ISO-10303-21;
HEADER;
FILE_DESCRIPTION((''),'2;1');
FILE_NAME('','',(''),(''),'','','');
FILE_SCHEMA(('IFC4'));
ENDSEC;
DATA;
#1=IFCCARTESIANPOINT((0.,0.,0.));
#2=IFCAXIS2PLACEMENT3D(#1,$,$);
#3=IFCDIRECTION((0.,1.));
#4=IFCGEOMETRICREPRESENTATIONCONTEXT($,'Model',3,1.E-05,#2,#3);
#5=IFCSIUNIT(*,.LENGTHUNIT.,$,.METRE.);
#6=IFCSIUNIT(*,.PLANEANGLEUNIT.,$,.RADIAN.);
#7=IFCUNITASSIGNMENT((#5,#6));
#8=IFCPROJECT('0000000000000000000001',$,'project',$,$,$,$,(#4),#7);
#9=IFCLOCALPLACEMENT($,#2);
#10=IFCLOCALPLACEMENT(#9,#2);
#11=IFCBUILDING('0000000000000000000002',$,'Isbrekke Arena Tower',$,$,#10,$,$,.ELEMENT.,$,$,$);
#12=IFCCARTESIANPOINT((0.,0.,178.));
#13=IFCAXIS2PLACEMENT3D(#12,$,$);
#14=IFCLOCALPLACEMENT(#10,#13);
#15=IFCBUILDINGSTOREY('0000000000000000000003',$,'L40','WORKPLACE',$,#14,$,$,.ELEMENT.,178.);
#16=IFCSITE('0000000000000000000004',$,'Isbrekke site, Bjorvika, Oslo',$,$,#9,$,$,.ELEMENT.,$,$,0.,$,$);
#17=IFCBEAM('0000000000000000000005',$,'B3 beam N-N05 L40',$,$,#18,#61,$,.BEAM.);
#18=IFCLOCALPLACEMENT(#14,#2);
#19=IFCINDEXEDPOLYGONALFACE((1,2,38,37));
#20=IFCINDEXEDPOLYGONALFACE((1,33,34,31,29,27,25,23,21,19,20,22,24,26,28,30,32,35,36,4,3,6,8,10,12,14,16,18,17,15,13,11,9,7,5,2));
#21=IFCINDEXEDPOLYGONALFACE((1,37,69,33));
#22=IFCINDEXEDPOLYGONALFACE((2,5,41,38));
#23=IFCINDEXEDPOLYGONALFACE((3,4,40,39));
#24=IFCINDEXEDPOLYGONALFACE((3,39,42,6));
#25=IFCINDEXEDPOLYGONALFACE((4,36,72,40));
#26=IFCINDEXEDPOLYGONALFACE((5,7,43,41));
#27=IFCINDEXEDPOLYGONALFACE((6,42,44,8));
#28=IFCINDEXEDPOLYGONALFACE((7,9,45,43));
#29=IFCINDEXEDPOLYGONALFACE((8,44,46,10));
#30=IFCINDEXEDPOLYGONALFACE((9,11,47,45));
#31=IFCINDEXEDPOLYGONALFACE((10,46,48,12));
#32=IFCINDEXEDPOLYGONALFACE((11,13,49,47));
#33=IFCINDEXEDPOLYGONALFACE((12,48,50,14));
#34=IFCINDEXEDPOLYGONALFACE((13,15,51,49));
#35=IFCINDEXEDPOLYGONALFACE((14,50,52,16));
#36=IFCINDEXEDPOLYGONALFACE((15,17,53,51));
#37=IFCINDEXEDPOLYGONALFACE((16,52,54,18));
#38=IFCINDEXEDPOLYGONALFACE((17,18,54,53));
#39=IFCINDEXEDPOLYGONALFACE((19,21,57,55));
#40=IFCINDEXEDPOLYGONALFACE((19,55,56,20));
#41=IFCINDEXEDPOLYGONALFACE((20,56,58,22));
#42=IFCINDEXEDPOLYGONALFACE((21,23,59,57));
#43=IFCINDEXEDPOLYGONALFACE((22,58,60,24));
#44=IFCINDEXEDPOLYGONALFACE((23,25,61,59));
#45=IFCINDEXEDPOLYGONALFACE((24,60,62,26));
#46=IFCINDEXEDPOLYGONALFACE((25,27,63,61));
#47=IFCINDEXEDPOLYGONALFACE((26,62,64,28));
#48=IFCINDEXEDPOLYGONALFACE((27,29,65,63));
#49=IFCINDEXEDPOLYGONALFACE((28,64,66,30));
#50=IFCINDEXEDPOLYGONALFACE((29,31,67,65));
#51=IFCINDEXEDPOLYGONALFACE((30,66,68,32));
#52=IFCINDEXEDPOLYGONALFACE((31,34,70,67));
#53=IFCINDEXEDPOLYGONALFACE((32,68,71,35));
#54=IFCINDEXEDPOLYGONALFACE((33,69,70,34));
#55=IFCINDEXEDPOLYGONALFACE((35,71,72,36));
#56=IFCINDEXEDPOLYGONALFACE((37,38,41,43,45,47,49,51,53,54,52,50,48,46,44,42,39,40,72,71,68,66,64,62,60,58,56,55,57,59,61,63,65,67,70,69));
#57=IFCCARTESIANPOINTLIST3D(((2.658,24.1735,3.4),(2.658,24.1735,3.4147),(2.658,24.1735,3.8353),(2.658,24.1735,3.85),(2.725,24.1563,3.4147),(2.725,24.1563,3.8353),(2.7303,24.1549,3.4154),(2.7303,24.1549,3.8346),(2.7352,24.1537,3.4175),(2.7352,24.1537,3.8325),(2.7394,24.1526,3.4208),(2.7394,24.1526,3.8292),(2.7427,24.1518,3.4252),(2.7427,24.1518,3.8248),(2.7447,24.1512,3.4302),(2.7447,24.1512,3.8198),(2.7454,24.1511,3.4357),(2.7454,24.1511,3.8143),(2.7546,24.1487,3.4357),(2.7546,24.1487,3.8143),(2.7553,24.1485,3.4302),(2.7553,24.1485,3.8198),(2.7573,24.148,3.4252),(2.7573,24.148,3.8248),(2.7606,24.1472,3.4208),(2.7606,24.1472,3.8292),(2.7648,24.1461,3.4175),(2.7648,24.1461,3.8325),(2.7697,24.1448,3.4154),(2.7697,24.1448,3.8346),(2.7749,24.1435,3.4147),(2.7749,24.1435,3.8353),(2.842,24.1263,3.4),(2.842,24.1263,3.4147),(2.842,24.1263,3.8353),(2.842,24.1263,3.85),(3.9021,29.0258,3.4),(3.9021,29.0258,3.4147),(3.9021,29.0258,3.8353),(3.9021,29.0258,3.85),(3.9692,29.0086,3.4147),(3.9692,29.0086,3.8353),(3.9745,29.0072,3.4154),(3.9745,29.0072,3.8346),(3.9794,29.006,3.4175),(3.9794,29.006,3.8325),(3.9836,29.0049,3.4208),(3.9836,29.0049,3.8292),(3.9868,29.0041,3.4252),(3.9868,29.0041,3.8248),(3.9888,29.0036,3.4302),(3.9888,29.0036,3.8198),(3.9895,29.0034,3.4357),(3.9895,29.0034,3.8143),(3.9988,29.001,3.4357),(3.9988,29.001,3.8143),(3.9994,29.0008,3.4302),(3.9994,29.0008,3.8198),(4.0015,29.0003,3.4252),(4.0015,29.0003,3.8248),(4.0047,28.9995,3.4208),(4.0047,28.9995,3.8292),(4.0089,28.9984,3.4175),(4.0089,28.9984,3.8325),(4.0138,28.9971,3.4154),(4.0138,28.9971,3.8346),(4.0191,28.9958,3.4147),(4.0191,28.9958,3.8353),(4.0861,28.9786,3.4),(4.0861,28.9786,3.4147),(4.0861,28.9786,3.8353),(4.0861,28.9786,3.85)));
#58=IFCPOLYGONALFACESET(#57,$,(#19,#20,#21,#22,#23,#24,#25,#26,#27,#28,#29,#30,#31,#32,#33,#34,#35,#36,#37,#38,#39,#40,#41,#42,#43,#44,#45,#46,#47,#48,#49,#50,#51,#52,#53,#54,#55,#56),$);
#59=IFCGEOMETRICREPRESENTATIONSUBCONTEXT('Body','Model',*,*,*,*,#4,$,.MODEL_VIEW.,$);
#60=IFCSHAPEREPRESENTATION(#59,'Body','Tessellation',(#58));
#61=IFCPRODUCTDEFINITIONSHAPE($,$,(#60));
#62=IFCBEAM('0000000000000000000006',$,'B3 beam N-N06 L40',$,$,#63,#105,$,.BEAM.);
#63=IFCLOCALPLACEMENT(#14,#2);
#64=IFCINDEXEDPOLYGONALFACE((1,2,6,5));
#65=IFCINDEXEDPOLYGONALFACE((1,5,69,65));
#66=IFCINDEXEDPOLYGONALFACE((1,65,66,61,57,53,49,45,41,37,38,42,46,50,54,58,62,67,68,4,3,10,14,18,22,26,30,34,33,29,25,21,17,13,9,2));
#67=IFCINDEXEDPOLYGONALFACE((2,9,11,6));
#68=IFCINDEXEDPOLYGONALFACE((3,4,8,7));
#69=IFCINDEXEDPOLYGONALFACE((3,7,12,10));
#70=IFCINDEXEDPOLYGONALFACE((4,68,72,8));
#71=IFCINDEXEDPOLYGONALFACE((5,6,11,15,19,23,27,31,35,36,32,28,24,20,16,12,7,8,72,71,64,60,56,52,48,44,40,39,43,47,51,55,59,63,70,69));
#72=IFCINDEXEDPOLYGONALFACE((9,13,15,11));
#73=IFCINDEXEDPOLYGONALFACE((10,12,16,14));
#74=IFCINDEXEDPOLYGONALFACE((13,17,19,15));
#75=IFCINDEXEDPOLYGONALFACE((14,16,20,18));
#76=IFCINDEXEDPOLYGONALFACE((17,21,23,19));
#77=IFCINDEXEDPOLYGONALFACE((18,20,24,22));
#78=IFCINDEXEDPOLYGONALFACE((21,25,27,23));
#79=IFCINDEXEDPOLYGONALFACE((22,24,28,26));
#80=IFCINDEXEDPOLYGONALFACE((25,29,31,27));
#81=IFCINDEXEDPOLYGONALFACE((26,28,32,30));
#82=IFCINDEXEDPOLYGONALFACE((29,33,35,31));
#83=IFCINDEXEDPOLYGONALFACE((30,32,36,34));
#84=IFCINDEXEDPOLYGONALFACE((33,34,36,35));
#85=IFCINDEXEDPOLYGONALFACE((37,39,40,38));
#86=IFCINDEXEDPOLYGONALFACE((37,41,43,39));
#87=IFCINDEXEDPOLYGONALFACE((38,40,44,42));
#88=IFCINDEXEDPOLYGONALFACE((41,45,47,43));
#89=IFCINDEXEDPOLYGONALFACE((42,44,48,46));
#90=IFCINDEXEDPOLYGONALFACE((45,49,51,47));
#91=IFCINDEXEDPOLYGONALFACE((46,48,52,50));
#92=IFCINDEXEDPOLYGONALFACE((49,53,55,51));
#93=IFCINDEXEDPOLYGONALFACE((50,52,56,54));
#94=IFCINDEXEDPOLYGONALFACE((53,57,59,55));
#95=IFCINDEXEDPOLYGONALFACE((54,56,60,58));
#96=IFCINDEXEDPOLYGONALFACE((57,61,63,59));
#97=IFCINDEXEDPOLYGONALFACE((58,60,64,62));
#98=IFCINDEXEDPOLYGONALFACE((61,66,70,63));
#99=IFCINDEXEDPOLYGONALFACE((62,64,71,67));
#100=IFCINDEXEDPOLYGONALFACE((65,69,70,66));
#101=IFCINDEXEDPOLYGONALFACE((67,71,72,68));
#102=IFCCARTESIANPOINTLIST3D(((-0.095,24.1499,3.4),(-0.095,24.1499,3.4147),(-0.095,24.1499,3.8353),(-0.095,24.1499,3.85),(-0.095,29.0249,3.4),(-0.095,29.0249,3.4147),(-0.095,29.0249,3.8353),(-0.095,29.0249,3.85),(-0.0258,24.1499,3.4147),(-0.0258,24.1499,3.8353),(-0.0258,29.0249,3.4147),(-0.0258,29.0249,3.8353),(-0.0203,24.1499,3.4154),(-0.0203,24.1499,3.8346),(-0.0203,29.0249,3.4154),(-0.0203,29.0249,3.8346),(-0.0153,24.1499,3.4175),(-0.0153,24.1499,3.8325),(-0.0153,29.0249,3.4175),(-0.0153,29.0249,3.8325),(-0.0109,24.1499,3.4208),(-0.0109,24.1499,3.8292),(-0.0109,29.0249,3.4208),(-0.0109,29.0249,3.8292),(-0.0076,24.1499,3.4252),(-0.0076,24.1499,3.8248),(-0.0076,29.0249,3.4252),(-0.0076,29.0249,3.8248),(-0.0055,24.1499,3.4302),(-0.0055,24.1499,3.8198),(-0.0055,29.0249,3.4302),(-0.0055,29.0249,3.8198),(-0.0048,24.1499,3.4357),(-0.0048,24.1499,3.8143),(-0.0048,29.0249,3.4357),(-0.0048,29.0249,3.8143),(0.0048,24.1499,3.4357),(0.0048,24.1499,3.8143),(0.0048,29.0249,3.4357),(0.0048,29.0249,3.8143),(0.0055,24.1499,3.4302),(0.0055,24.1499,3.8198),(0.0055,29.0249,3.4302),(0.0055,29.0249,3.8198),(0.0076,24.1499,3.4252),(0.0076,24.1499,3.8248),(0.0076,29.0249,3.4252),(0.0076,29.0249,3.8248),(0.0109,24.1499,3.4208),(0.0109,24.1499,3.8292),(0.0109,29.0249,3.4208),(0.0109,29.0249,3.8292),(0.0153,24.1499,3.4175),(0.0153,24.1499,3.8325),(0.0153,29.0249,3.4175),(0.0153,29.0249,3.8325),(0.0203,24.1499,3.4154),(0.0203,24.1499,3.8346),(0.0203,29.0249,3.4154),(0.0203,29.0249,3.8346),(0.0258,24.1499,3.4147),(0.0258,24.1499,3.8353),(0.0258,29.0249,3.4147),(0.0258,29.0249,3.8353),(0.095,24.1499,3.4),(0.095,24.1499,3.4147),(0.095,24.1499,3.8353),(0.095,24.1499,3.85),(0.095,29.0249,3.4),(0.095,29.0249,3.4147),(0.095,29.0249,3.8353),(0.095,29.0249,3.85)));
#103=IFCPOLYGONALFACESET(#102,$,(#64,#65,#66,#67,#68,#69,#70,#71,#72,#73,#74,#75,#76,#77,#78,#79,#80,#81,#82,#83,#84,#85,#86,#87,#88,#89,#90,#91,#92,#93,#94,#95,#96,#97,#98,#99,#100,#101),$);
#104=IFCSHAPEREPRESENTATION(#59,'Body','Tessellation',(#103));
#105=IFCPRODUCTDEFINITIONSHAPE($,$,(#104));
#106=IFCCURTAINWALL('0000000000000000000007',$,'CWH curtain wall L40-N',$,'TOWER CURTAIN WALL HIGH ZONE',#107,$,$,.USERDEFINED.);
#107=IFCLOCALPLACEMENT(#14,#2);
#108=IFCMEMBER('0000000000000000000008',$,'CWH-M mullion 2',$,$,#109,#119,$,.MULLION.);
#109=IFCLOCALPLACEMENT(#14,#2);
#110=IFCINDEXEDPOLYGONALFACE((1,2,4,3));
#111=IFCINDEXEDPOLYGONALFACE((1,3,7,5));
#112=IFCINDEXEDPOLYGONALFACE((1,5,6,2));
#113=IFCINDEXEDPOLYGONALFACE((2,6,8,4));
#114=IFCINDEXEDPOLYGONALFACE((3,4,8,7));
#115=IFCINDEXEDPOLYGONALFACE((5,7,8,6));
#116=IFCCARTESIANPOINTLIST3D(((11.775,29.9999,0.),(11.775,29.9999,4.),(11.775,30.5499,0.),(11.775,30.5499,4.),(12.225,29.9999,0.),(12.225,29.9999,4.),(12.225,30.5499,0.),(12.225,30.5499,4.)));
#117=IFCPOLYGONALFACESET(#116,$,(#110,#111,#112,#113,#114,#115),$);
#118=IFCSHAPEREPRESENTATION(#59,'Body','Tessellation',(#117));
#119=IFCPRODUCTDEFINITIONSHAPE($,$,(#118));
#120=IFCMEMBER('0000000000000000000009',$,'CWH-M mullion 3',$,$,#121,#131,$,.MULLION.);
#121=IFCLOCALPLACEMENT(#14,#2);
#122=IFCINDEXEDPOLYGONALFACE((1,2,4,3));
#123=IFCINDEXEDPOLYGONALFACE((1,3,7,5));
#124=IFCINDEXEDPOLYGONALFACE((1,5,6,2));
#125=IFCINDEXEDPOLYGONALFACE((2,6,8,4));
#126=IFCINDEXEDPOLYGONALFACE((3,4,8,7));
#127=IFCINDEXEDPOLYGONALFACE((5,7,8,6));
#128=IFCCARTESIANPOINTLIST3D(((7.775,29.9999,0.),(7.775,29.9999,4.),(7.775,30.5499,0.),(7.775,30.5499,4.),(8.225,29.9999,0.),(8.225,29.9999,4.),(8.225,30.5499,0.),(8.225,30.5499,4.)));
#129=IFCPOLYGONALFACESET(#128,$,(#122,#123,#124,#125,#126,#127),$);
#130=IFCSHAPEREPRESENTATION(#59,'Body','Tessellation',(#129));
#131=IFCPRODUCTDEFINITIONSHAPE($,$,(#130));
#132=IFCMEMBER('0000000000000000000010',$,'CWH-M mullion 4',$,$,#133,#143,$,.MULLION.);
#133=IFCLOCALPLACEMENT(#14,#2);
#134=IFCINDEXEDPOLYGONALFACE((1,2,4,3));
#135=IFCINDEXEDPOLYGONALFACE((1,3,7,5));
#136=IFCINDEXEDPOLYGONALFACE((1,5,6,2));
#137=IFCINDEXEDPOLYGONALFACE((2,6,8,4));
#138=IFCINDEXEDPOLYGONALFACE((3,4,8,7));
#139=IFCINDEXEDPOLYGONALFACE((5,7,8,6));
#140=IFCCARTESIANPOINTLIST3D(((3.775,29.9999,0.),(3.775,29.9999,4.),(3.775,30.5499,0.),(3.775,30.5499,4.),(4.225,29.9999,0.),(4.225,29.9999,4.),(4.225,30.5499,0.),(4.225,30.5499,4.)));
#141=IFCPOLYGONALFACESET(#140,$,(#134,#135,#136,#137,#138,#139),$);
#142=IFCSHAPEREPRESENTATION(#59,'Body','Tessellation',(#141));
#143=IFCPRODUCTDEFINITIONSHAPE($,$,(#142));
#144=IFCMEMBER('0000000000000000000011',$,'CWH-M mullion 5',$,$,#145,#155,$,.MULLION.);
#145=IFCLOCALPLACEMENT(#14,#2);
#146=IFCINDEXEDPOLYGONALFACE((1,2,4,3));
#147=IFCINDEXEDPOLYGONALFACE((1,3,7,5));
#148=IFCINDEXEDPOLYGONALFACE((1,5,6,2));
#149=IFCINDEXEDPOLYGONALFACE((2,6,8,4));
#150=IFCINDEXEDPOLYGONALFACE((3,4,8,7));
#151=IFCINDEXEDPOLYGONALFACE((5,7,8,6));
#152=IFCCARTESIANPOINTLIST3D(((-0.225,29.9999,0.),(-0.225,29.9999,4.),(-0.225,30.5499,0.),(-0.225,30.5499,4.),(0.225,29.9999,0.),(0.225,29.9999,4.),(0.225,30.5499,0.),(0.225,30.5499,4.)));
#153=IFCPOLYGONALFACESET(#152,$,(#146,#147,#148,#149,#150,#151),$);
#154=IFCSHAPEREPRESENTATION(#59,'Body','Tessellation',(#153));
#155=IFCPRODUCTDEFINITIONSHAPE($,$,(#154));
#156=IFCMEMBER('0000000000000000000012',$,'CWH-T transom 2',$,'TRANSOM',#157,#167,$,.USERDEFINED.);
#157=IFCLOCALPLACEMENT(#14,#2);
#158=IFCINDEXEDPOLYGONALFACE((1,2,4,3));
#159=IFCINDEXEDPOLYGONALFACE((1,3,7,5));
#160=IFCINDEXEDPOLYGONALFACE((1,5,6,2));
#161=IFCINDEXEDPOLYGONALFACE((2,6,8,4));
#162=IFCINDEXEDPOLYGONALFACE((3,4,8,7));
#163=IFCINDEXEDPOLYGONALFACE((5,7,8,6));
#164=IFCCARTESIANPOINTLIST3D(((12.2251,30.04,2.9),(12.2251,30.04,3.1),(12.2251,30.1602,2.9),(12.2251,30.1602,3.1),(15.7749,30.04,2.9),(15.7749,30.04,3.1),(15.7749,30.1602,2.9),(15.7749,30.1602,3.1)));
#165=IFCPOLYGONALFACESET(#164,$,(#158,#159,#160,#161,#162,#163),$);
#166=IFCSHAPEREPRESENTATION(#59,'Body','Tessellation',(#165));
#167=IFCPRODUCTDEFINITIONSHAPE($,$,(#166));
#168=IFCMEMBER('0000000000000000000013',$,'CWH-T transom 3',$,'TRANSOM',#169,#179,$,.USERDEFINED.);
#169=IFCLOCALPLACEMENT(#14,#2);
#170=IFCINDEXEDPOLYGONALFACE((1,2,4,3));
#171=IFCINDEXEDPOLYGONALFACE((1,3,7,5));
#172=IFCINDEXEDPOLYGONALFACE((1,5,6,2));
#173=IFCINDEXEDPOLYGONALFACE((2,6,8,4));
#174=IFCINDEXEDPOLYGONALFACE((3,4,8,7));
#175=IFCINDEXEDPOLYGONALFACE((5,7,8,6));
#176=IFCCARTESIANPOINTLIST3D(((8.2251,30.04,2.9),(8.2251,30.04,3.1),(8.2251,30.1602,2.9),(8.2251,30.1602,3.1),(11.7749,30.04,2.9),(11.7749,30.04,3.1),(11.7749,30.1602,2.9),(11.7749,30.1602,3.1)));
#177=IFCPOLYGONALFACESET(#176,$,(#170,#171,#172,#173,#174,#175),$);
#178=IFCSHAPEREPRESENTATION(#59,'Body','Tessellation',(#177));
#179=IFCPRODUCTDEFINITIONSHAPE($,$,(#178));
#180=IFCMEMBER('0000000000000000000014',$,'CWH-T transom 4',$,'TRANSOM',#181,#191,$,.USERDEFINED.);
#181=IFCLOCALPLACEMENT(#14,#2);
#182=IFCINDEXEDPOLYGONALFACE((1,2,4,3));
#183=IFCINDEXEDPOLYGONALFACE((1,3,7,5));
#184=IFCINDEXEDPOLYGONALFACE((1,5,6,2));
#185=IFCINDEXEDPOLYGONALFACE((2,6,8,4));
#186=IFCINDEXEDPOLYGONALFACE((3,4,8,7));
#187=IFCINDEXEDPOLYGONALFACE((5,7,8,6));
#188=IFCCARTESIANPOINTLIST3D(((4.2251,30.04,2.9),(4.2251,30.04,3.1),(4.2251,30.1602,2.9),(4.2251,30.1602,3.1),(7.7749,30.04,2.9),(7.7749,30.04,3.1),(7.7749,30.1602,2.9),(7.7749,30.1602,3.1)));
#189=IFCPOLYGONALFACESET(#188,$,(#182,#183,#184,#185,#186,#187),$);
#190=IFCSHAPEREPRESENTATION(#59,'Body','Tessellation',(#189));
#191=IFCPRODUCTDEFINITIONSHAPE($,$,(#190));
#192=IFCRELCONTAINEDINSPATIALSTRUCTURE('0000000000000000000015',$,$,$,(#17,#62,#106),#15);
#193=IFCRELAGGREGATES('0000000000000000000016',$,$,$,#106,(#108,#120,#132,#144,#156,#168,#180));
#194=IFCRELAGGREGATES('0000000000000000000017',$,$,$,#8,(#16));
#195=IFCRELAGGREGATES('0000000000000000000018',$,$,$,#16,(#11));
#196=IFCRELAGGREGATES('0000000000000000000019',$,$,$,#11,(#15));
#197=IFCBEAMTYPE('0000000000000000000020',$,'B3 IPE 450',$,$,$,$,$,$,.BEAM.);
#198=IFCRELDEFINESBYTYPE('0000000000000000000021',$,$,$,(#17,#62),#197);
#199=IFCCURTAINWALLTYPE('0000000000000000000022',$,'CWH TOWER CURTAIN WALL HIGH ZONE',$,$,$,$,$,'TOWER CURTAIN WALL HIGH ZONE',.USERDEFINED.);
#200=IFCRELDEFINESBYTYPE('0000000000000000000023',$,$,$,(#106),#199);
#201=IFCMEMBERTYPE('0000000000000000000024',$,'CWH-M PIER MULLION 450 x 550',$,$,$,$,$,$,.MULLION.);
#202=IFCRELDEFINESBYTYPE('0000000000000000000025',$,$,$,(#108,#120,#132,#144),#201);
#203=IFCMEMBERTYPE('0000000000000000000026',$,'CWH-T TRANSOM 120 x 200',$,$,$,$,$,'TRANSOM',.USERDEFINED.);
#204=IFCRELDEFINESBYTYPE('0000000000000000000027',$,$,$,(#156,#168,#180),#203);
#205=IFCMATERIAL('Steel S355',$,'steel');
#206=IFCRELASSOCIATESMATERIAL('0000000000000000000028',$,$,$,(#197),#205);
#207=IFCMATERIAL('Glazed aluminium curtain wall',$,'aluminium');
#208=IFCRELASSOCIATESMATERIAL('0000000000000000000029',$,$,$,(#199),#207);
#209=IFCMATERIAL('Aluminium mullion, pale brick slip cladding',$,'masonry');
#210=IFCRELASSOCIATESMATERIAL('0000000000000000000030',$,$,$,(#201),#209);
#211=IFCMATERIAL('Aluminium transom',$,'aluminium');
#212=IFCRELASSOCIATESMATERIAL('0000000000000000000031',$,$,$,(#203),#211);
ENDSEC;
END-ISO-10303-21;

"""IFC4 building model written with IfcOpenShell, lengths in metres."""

from ifc_helpers import new_model, si_unit, direction, frame, origin, origin_2d, place, context, subcontext, project, spatial, rectangle, i_section, extrude, material, material_profile, profile_set, type_object, element, aggregate, save


model = new_model("IFC4")

# Units and contexts
model_context = context("Model", 3, precision=1e-05, world=origin(), true_north=direction((0.0, 1.0)))
body_context = subcontext(model_context, "Body", "Model", "MODEL_VIEW")
ifc_project = project(units=[si_unit("LENGTHUNIT", "METRE"), si_unit("PLANEANGLEUNIT", "RADIAN")], contexts=[model_context])

# Site, building, storey
site_placement = place(None, origin())
site = spatial("IfcSite", under=ifc_project, at=site_placement, Name="Isbrekke site, Bjorvika, Oslo", CompositionType="ELEMENT", RefElevation=0.0)
building_placement = place(site_placement, origin())
building = spatial("IfcBuilding", under=site, at=building_placement, Name="Isbrekke Arena Tower", CompositionType="ELEMENT")
storey_placement = place(building_placement, frame((0.0, 0.0, 178.0)))
storey = spatial("IfcBuildingStorey", under=building, at=storey_placement, Name="L40", Description="WORKPLACE", CompositionType="ELEMENT", Elevation=178.0)

# Beams
ifc_material_1 = material(Name="Steel S355", Category="steel")
ifc_material_profile_1 = material_profile(ifc_material_1, i_section(OverallWidth=0.1899, OverallDepth=0.45, WebThickness=0.0095, FlangeThickness=0.0146, FilletRadius=0.021, at=origin_2d()), Name="IPE 450")
ifc_profile_set_1 = profile_set([ifc_material_profile_1], Name="Steel S355")
beam_type_1 = type_object("IfcBeamType", Name="B3 IPE 450", PredefinedType="BEAM", material=ifc_profile_set_1)
beam_1_placement = place(storey_placement, frame((3.9941, 29.0022, 3.625), z_axis=(-0.248368, -0.968666, 0.0), x_axis=(0.968666, -0.248368, 0.0)))
element("IfcBeam", 1, at=beam_1_placement, inside=storey, type_object=beam_type_1, Name="B3 beam N-N05 L40", PredefinedType="BEAM", context=body_context, shape_type="SweptSolid", body=[
    extrude(i_section(OverallWidth=0.1899, OverallDepth=0.45, WebThickness=0.0095, FlangeThickness=0.0146, FilletRadius=0.021, at=origin_2d()), origin(), (0.0, 0.0, 1.0), 5.0093),
])
beam_2_placement = place(storey_placement, frame((0.0, 29.0249, 3.625), z_axis=(0.0, -1.0, 0.0), x_axis=(1.0, 0.0, 0.0)))
element("IfcBeam", 2, at=beam_2_placement, inside=storey, type_object=beam_type_1, Name="B3 beam N-N06 L40", PredefinedType="BEAM", context=body_context, shape_type="SweptSolid", body=[
    extrude(i_section(OverallWidth=0.1899, OverallDepth=0.45, WebThickness=0.0095, FlangeThickness=0.0146, FilletRadius=0.021, at=origin_2d()), origin(), (0.0, 0.0, 1.0), 4.875),
])

# Curtain wall, members
ifc_material_2 = material(Name="Glazed aluminium curtain wall", Category="aluminium")
curtain_wall_type = type_object("IfcCurtainWallType", Name="CWH TOWER CURTAIN WALL HIGH ZONE", ElementType="TOWER CURTAIN WALL HIGH ZONE", PredefinedType="USERDEFINED", material=ifc_material_2)
curtain_wall_placement = place(storey_placement, origin())
curtain_wall = element("IfcCurtainWall", 3, at=curtain_wall_placement, inside=storey, type_object=curtain_wall_type, Name="CWH curtain wall L40-N", ObjectType="TOWER CURTAIN WALL HIGH ZONE", PredefinedType="USERDEFINED")
ifc_material_3 = material(Name="Aluminium mullion, pale brick slip cladding", Category="masonry")
ifc_material_profile_2 = material_profile(ifc_material_3, rectangle(XDim=0.45, YDim=0.55, at=origin_2d()), Name="PIER 450X550")
ifc_profile_set_2 = profile_set([ifc_material_profile_2], Name="Aluminium mullion, pale brick slip cladding")
member_type_1 = type_object("IfcMemberType", Name="CWH-M PIER MULLION 450 x 550", PredefinedType="MULLION", material=ifc_profile_set_2)
member_1_placement = place(storey_placement, frame((12.0, 30.2749, 0.0), z_axis=(0.0, 0.0, 1.0), x_axis=(-1.0, 0.0, 0.0)))
member_1 = element("IfcMember", 4, at=member_1_placement, type_object=member_type_1, Name="CWH-M mullion 2", PredefinedType="MULLION", context=body_context, shape_type="SweptSolid", body=[
    extrude(rectangle(XDim=0.45, YDim=0.55, at=origin_2d()), origin(), (0.0, 0.0, 1.0), 4.0),
])
member_2_placement = place(storey_placement, frame((8.0, 30.2749, 0.0), z_axis=(0.0, 0.0, 1.0), x_axis=(-1.0, 0.0, 0.0)))
member_2 = element("IfcMember", 5, at=member_2_placement, type_object=member_type_1, Name="CWH-M mullion 3", PredefinedType="MULLION", context=body_context, shape_type="SweptSolid", body=[
    extrude(rectangle(XDim=0.45, YDim=0.55, at=origin_2d()), origin(), (0.0, 0.0, 1.0), 4.0),
])
member_3_placement = place(storey_placement, frame((4.0, 30.2749, 0.0), z_axis=(0.0, 0.0, 1.0), x_axis=(-1.0, 0.0, 0.0)))
member_3 = element("IfcMember", 6, at=member_3_placement, type_object=member_type_1, Name="CWH-M mullion 4", PredefinedType="MULLION", context=body_context, shape_type="SweptSolid", body=[
    extrude(rectangle(XDim=0.45, YDim=0.55, at=origin_2d()), origin(), (0.0, 0.0, 1.0), 4.0),
])
member_4_placement = place(storey_placement, frame((0.0, 30.2749, 0.0), z_axis=(0.0, 0.0, 1.0), x_axis=(-1.0, 0.0, 0.0)))
member_4 = element("IfcMember", 7, at=member_4_placement, type_object=member_type_1, Name="CWH-M mullion 5", PredefinedType="MULLION", context=body_context, shape_type="SweptSolid", body=[
    extrude(rectangle(XDim=0.45, YDim=0.55, at=origin_2d()), origin(), (0.0, 0.0, 1.0), 4.0),
])
ifc_material_4 = material(Name="Aluminium transom", Category="aluminium")
ifc_material_profile_3 = material_profile(ifc_material_4, rectangle(XDim=0.1201, YDim=0.2, at=origin_2d()), Name="TRANSOM 120X200")
ifc_profile_set_3 = profile_set([ifc_material_profile_3], Name="Aluminium transom")
member_type_2 = type_object("IfcMemberType", Name="CWH-T TRANSOM 120 x 200", ElementType="TRANSOM", PredefinedType="USERDEFINED", material=ifc_profile_set_3)
member_5_placement = place(storey_placement, frame((15.7749, 30.1001, 3.0), z_axis=(-1.0, 0.0, 0.0), x_axis=(0.0, -1.0, 0.0)))
member_5 = element("IfcMember", 8, at=member_5_placement, type_object=member_type_2, Name="CWH-T transom 2", ObjectType="TRANSOM", PredefinedType="USERDEFINED", context=body_context, shape_type="SweptSolid", body=[
    extrude(rectangle(XDim=0.1201, YDim=0.2, at=origin_2d()), origin(), (0.0, 0.0, 1.0), 3.5498),
])
member_6_placement = place(storey_placement, frame((11.7749, 30.1001, 3.0), z_axis=(-1.0, 0.0, 0.0), x_axis=(0.0, -1.0, 0.0)))
member_6 = element("IfcMember", 9, at=member_6_placement, type_object=member_type_2, Name="CWH-T transom 3", ObjectType="TRANSOM", PredefinedType="USERDEFINED", context=body_context, shape_type="SweptSolid", body=[
    extrude(rectangle(XDim=0.1201, YDim=0.2, at=origin_2d()), origin(), (0.0, 0.0, 1.0), 3.5498),
])
member_7_placement = place(storey_placement, frame((7.7749, 30.1001, 3.0), z_axis=(-1.0, 0.0, 0.0), x_axis=(0.0, -1.0, 0.0)))
member_7 = element("IfcMember", 10, at=member_7_placement, type_object=member_type_2, Name="CWH-T transom 4", ObjectType="TRANSOM", PredefinedType="USERDEFINED", context=body_context, shape_type="SweptSolid", body=[
    extrude(rectangle(XDim=0.1201, YDim=0.2, at=origin_2d()), origin(), (0.0, 0.0, 1.0), 3.5498),
])

aggregate(curtain_wall, [member_1, member_2, member_3, member_4, member_5, member_6, member_7])

save(model, "model.ifc")
